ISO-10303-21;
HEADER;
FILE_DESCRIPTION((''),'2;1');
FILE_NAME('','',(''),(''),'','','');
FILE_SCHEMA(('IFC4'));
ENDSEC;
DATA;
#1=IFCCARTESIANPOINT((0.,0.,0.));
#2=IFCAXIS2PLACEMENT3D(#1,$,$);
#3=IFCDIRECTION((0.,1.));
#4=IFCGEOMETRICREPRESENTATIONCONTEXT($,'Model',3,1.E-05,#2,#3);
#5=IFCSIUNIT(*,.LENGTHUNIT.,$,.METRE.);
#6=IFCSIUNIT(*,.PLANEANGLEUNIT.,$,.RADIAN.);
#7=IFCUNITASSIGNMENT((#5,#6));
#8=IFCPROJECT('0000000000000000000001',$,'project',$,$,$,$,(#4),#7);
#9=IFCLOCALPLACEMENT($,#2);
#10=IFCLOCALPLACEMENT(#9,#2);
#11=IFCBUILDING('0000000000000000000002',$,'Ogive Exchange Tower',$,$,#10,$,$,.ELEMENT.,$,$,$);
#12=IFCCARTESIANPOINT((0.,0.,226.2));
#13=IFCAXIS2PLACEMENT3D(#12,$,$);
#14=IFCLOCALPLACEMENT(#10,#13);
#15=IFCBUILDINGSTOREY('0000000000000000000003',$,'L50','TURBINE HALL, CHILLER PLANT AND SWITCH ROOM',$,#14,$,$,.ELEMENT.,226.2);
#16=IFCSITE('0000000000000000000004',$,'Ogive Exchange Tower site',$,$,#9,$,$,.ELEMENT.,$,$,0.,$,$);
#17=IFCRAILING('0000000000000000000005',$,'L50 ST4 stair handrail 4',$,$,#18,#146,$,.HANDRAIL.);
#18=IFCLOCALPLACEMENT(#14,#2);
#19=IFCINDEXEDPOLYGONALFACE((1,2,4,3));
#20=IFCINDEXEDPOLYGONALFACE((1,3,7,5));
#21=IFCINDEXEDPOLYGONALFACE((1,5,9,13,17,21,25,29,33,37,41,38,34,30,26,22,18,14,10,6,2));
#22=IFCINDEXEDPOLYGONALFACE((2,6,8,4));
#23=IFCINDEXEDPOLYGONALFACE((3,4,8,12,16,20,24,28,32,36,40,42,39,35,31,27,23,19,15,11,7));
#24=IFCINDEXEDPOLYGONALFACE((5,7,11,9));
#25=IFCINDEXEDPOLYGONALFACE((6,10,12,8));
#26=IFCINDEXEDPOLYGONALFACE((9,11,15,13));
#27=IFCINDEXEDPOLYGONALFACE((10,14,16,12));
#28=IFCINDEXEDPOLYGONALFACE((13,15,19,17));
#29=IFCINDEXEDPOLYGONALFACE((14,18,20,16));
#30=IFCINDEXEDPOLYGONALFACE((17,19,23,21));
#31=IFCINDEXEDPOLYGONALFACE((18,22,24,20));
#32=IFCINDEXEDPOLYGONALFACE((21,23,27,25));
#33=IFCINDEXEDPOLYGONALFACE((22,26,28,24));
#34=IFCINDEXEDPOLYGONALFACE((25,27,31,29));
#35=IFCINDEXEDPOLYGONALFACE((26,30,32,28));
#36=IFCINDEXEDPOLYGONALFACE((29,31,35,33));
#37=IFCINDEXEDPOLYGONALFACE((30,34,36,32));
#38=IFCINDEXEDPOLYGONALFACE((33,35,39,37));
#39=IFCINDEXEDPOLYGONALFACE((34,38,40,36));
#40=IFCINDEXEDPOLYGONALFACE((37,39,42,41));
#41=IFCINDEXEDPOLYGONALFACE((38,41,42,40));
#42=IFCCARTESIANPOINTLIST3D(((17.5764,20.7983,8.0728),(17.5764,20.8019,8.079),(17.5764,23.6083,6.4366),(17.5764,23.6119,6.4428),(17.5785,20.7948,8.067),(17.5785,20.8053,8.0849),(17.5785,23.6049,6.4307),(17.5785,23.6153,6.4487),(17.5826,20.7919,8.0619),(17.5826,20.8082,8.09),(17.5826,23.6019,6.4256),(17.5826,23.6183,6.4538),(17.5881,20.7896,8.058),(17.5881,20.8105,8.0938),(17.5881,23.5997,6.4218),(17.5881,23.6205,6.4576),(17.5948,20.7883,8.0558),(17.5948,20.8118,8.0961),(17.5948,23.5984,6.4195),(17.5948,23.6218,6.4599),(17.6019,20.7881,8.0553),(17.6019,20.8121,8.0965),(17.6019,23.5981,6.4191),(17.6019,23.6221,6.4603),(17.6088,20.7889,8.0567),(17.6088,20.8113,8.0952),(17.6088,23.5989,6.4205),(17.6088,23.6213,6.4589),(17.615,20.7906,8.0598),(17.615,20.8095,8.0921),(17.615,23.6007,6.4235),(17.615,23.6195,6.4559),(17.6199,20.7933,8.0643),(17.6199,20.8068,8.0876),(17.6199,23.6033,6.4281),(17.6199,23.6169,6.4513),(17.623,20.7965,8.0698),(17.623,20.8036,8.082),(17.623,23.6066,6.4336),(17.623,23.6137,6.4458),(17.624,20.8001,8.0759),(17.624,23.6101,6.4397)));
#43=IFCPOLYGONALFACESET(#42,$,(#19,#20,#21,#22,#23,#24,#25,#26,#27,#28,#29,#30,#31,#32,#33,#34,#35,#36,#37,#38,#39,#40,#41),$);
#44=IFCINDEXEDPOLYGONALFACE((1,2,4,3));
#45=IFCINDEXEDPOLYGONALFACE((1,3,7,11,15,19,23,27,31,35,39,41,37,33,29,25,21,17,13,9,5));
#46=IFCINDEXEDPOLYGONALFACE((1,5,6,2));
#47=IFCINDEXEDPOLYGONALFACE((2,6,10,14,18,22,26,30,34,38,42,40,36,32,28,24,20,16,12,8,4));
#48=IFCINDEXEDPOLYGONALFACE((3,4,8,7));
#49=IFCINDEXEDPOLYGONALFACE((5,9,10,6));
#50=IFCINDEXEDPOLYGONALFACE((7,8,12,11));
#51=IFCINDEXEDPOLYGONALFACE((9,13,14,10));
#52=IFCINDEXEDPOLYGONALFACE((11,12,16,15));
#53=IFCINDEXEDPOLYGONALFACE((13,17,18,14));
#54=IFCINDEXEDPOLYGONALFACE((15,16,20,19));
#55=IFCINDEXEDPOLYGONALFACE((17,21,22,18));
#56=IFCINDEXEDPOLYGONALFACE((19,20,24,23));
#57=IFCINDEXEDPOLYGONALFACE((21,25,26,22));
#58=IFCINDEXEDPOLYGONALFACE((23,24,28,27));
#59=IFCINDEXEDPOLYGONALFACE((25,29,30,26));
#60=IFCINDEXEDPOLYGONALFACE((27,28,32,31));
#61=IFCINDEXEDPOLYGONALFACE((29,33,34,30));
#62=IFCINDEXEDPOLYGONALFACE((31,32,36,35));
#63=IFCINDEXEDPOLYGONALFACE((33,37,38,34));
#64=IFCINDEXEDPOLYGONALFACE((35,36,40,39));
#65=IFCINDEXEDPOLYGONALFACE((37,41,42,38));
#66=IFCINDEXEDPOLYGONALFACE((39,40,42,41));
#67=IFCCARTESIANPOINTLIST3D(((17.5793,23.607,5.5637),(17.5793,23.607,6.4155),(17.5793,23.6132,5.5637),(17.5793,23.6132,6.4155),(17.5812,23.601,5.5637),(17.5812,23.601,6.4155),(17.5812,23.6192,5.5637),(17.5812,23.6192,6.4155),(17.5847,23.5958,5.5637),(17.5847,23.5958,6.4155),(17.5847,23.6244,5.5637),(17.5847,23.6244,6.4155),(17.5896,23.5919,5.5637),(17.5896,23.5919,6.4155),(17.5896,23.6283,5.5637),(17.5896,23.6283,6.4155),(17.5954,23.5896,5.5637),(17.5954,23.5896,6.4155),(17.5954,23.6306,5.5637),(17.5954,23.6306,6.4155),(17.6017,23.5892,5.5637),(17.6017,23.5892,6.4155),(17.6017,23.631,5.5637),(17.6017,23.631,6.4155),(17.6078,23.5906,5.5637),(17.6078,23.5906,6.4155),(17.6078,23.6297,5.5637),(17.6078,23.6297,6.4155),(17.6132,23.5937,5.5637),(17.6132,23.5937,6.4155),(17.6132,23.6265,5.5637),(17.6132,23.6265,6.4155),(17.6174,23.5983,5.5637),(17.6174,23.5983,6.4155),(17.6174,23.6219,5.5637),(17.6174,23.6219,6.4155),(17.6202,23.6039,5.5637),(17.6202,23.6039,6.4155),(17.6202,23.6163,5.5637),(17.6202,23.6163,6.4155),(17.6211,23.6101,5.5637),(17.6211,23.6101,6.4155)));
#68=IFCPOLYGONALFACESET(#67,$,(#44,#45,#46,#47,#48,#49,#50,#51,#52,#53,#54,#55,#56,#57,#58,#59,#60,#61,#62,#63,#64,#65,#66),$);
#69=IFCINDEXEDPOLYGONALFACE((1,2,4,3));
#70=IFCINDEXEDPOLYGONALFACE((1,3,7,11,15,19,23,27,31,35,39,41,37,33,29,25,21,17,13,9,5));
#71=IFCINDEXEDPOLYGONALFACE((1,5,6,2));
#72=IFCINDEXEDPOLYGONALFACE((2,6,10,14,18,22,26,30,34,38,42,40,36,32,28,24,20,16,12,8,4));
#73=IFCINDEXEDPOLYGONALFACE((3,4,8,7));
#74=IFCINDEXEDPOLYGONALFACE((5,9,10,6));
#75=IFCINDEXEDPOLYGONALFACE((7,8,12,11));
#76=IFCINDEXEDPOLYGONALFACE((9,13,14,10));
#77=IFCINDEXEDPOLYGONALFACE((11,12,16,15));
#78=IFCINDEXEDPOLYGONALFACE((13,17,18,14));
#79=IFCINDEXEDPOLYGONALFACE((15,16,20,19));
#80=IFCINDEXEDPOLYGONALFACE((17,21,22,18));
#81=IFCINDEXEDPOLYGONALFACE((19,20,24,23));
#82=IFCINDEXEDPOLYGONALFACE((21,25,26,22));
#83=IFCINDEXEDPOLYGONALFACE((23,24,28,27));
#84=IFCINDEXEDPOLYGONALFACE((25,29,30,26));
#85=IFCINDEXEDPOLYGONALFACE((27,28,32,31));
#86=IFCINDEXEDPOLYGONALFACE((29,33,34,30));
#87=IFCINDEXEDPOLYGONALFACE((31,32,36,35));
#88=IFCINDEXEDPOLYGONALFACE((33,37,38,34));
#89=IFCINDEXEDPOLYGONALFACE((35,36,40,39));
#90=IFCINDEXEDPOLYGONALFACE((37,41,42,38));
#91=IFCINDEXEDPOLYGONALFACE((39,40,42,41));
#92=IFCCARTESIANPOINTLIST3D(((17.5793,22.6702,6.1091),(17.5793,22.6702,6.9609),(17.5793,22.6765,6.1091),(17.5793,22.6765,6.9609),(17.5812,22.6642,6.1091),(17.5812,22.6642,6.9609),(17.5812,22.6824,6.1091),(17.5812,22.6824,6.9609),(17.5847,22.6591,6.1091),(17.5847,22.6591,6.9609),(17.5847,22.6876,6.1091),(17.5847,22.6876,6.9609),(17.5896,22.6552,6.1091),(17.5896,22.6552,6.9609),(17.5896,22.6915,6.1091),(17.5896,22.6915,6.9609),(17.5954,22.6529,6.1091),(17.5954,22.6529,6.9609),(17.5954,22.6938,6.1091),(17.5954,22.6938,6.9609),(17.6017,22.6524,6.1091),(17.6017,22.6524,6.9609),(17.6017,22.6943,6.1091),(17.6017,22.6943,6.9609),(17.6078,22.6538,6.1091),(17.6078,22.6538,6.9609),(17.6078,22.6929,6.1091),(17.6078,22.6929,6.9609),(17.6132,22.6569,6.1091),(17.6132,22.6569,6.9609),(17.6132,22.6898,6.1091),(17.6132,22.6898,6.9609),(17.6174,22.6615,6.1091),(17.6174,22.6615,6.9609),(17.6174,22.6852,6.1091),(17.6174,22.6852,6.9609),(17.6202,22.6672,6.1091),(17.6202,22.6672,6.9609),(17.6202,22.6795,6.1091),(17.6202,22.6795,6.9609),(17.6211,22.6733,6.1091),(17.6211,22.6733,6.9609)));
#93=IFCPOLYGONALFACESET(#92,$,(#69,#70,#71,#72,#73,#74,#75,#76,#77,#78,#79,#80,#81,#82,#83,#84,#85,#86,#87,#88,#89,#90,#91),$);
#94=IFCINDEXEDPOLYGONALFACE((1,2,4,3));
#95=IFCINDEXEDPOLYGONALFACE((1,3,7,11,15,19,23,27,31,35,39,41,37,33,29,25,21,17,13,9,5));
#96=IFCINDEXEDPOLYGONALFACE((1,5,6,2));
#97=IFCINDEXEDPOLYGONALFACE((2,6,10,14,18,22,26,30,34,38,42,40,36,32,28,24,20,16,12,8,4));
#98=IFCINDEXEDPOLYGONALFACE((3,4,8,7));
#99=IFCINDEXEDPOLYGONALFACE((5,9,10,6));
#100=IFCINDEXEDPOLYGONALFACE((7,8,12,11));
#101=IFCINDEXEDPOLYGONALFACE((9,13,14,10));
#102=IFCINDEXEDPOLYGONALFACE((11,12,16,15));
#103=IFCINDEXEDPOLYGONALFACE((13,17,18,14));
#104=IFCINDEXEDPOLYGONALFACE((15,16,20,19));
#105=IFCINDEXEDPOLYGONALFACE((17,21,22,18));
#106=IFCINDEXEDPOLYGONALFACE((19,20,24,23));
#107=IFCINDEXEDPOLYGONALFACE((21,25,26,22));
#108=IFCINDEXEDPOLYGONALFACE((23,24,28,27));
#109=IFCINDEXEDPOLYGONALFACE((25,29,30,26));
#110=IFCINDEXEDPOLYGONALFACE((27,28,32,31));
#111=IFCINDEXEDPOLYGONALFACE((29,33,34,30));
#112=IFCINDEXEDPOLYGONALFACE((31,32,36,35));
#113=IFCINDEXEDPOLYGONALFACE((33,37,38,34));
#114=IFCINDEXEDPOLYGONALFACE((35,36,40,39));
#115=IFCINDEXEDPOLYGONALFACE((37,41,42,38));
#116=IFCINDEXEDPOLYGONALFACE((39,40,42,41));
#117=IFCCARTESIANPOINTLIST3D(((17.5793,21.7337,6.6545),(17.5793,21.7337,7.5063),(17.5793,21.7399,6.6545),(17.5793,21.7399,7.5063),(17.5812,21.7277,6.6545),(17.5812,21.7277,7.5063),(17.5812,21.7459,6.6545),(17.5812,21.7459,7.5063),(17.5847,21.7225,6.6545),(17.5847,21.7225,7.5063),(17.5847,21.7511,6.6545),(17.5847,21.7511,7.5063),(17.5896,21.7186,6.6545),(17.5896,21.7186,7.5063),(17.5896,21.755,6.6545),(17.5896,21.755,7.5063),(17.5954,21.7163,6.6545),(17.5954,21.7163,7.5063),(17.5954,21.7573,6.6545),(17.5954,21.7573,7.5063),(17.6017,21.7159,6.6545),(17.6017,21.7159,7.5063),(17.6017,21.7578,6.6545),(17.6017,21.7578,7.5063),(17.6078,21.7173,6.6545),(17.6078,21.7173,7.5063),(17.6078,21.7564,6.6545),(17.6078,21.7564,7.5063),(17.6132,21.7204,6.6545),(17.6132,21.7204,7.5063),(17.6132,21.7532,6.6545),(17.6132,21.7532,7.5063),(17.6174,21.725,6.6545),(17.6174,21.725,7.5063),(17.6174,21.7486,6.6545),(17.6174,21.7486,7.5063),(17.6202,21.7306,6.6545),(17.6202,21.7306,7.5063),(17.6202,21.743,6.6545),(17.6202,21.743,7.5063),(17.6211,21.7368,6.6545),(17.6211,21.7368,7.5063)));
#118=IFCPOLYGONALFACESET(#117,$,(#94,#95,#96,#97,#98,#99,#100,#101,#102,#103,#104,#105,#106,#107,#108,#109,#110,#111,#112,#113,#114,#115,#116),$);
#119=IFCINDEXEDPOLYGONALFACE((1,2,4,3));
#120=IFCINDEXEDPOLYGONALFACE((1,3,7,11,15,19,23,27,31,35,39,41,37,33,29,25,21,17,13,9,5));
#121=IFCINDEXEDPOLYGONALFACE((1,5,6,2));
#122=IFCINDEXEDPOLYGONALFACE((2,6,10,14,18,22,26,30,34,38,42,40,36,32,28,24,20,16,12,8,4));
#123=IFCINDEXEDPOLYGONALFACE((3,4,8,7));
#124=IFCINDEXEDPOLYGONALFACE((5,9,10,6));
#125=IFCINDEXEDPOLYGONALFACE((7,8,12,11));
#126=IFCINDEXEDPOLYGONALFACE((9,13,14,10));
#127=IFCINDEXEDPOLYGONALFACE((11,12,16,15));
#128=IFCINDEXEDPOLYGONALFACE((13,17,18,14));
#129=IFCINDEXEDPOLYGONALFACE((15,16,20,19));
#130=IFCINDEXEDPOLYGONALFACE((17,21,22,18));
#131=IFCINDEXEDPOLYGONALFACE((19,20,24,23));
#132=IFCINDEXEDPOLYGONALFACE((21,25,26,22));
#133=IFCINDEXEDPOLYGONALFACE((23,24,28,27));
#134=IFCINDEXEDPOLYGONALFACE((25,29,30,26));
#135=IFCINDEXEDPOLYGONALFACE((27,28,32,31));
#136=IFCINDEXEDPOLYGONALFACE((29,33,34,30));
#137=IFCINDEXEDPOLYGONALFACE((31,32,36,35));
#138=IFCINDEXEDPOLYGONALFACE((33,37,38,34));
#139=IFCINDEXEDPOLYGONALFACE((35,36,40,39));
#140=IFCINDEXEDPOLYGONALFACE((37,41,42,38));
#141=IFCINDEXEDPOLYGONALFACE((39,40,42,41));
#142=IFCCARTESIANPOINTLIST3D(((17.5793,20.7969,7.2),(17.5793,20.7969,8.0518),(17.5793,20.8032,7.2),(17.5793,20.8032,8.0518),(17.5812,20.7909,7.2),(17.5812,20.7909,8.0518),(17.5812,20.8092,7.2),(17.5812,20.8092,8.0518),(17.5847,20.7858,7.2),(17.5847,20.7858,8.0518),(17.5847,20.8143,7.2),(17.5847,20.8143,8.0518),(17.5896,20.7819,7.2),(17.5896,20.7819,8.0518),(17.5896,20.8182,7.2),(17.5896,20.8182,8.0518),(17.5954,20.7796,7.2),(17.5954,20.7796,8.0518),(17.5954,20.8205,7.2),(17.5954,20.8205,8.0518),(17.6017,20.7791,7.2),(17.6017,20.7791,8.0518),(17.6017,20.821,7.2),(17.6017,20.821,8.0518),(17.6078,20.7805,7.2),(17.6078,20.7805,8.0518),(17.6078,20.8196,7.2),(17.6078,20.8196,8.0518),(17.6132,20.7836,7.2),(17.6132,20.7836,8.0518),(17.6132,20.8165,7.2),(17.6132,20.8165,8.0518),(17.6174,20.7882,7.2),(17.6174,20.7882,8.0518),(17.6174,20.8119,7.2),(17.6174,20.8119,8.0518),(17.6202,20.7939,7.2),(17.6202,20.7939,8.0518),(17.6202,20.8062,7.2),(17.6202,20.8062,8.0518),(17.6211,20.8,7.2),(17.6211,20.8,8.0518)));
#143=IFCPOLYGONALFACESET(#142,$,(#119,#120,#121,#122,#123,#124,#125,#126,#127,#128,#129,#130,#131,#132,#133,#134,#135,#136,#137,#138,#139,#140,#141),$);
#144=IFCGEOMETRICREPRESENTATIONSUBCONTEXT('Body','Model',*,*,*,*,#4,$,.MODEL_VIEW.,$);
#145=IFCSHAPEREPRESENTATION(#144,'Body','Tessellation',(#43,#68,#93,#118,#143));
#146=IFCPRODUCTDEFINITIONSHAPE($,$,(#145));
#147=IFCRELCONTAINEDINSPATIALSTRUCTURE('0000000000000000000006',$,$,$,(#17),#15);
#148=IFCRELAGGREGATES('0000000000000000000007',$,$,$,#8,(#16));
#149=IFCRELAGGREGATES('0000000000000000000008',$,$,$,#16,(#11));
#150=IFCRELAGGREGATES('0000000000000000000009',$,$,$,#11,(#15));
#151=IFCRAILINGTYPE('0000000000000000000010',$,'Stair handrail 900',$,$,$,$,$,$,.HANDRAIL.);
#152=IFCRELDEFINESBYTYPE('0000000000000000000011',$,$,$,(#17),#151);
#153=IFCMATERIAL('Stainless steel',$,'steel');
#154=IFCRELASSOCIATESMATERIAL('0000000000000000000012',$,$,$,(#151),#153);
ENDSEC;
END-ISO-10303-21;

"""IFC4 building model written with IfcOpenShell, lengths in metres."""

from ifc_helpers import new_model, si_unit, direction, frame, origin, origin_2d, place, context, subcontext, project, spatial, circle, extrude, material, type_object, element, save


model = new_model("IFC4")

# Units and contexts
model_context = context("Model", 3, precision=1e-05, world=origin(), true_north=direction((0.0, 1.0)))
body_context = subcontext(model_context, "Body", "Model", "MODEL_VIEW")
ifc_project = project(units=[si_unit("LENGTHUNIT", "METRE"), si_unit("PLANEANGLEUNIT", "RADIAN")], contexts=[model_context])

# Site, building, storey
site_placement = place(None, origin())
site = spatial("IfcSite", under=ifc_project, at=site_placement, Name="Ogive Exchange Tower site", CompositionType="ELEMENT", RefElevation=0.0)
building_placement = place(site_placement, origin())
building = spatial("IfcBuilding", under=site, at=building_placement, Name="Ogive Exchange Tower", CompositionType="ELEMENT")
storey_placement = place(building_placement, frame((0.0, 0.0, 226.2)))
storey = spatial("IfcBuildingStorey", under=building, at=storey_placement, Name="L50", Description="TURBINE HALL, CHILLER PLANT AND SWITCH ROOM", CompositionType="ELEMENT", Elevation=226.2)

# Railing
ifc_material_1 = material(Name="Stainless steel", Category="steel")
railing_type = type_object("IfcRailingType", Name="Stair handrail 900", PredefinedType="HANDRAIL", material=ifc_material_1)
railing_1_placement = place(storey_placement, frame((17.6001, 23.6101, 5.5637)))
element("IfcRailing", 1, at=railing_1_placement, inside=storey, type_object=railing_type, Name="L50 ST4 stair handrail 4", PredefinedType="HANDRAIL", context=body_context, shape_type="SweptSolid", body=[
    extrude(circle(Radius=0.0239, at=origin_2d()), frame((0.0, 0.0, 0.876), z_axis=(0.0, -0.864176, 0.503189), x_axis=(1.0, 0.0, 0.0)), (0.0, 0.0, 1.0), 3.2517),
    extrude(circle(Radius=0.021, at=origin_2d()), origin(), (0.0, 0.0, 1.0), 0.8518),
    extrude(circle(Radius=0.021, at=origin_2d()), frame((0.0, -0.9368, 0.5454)), (0.0, 0.0, 1.0), 0.8518),
    extrude(circle(Radius=0.021, at=origin_2d()), frame((0.0, -1.8733, 1.0908)), (0.0, 0.0, 1.0), 0.8518),
    extrude(circle(Radius=0.021, at=origin_2d()), frame((0.0, -2.8101, 1.6362)), (0.0, 0.0, 1.0), 0.8518),
])

save(model, "model.ifc")
